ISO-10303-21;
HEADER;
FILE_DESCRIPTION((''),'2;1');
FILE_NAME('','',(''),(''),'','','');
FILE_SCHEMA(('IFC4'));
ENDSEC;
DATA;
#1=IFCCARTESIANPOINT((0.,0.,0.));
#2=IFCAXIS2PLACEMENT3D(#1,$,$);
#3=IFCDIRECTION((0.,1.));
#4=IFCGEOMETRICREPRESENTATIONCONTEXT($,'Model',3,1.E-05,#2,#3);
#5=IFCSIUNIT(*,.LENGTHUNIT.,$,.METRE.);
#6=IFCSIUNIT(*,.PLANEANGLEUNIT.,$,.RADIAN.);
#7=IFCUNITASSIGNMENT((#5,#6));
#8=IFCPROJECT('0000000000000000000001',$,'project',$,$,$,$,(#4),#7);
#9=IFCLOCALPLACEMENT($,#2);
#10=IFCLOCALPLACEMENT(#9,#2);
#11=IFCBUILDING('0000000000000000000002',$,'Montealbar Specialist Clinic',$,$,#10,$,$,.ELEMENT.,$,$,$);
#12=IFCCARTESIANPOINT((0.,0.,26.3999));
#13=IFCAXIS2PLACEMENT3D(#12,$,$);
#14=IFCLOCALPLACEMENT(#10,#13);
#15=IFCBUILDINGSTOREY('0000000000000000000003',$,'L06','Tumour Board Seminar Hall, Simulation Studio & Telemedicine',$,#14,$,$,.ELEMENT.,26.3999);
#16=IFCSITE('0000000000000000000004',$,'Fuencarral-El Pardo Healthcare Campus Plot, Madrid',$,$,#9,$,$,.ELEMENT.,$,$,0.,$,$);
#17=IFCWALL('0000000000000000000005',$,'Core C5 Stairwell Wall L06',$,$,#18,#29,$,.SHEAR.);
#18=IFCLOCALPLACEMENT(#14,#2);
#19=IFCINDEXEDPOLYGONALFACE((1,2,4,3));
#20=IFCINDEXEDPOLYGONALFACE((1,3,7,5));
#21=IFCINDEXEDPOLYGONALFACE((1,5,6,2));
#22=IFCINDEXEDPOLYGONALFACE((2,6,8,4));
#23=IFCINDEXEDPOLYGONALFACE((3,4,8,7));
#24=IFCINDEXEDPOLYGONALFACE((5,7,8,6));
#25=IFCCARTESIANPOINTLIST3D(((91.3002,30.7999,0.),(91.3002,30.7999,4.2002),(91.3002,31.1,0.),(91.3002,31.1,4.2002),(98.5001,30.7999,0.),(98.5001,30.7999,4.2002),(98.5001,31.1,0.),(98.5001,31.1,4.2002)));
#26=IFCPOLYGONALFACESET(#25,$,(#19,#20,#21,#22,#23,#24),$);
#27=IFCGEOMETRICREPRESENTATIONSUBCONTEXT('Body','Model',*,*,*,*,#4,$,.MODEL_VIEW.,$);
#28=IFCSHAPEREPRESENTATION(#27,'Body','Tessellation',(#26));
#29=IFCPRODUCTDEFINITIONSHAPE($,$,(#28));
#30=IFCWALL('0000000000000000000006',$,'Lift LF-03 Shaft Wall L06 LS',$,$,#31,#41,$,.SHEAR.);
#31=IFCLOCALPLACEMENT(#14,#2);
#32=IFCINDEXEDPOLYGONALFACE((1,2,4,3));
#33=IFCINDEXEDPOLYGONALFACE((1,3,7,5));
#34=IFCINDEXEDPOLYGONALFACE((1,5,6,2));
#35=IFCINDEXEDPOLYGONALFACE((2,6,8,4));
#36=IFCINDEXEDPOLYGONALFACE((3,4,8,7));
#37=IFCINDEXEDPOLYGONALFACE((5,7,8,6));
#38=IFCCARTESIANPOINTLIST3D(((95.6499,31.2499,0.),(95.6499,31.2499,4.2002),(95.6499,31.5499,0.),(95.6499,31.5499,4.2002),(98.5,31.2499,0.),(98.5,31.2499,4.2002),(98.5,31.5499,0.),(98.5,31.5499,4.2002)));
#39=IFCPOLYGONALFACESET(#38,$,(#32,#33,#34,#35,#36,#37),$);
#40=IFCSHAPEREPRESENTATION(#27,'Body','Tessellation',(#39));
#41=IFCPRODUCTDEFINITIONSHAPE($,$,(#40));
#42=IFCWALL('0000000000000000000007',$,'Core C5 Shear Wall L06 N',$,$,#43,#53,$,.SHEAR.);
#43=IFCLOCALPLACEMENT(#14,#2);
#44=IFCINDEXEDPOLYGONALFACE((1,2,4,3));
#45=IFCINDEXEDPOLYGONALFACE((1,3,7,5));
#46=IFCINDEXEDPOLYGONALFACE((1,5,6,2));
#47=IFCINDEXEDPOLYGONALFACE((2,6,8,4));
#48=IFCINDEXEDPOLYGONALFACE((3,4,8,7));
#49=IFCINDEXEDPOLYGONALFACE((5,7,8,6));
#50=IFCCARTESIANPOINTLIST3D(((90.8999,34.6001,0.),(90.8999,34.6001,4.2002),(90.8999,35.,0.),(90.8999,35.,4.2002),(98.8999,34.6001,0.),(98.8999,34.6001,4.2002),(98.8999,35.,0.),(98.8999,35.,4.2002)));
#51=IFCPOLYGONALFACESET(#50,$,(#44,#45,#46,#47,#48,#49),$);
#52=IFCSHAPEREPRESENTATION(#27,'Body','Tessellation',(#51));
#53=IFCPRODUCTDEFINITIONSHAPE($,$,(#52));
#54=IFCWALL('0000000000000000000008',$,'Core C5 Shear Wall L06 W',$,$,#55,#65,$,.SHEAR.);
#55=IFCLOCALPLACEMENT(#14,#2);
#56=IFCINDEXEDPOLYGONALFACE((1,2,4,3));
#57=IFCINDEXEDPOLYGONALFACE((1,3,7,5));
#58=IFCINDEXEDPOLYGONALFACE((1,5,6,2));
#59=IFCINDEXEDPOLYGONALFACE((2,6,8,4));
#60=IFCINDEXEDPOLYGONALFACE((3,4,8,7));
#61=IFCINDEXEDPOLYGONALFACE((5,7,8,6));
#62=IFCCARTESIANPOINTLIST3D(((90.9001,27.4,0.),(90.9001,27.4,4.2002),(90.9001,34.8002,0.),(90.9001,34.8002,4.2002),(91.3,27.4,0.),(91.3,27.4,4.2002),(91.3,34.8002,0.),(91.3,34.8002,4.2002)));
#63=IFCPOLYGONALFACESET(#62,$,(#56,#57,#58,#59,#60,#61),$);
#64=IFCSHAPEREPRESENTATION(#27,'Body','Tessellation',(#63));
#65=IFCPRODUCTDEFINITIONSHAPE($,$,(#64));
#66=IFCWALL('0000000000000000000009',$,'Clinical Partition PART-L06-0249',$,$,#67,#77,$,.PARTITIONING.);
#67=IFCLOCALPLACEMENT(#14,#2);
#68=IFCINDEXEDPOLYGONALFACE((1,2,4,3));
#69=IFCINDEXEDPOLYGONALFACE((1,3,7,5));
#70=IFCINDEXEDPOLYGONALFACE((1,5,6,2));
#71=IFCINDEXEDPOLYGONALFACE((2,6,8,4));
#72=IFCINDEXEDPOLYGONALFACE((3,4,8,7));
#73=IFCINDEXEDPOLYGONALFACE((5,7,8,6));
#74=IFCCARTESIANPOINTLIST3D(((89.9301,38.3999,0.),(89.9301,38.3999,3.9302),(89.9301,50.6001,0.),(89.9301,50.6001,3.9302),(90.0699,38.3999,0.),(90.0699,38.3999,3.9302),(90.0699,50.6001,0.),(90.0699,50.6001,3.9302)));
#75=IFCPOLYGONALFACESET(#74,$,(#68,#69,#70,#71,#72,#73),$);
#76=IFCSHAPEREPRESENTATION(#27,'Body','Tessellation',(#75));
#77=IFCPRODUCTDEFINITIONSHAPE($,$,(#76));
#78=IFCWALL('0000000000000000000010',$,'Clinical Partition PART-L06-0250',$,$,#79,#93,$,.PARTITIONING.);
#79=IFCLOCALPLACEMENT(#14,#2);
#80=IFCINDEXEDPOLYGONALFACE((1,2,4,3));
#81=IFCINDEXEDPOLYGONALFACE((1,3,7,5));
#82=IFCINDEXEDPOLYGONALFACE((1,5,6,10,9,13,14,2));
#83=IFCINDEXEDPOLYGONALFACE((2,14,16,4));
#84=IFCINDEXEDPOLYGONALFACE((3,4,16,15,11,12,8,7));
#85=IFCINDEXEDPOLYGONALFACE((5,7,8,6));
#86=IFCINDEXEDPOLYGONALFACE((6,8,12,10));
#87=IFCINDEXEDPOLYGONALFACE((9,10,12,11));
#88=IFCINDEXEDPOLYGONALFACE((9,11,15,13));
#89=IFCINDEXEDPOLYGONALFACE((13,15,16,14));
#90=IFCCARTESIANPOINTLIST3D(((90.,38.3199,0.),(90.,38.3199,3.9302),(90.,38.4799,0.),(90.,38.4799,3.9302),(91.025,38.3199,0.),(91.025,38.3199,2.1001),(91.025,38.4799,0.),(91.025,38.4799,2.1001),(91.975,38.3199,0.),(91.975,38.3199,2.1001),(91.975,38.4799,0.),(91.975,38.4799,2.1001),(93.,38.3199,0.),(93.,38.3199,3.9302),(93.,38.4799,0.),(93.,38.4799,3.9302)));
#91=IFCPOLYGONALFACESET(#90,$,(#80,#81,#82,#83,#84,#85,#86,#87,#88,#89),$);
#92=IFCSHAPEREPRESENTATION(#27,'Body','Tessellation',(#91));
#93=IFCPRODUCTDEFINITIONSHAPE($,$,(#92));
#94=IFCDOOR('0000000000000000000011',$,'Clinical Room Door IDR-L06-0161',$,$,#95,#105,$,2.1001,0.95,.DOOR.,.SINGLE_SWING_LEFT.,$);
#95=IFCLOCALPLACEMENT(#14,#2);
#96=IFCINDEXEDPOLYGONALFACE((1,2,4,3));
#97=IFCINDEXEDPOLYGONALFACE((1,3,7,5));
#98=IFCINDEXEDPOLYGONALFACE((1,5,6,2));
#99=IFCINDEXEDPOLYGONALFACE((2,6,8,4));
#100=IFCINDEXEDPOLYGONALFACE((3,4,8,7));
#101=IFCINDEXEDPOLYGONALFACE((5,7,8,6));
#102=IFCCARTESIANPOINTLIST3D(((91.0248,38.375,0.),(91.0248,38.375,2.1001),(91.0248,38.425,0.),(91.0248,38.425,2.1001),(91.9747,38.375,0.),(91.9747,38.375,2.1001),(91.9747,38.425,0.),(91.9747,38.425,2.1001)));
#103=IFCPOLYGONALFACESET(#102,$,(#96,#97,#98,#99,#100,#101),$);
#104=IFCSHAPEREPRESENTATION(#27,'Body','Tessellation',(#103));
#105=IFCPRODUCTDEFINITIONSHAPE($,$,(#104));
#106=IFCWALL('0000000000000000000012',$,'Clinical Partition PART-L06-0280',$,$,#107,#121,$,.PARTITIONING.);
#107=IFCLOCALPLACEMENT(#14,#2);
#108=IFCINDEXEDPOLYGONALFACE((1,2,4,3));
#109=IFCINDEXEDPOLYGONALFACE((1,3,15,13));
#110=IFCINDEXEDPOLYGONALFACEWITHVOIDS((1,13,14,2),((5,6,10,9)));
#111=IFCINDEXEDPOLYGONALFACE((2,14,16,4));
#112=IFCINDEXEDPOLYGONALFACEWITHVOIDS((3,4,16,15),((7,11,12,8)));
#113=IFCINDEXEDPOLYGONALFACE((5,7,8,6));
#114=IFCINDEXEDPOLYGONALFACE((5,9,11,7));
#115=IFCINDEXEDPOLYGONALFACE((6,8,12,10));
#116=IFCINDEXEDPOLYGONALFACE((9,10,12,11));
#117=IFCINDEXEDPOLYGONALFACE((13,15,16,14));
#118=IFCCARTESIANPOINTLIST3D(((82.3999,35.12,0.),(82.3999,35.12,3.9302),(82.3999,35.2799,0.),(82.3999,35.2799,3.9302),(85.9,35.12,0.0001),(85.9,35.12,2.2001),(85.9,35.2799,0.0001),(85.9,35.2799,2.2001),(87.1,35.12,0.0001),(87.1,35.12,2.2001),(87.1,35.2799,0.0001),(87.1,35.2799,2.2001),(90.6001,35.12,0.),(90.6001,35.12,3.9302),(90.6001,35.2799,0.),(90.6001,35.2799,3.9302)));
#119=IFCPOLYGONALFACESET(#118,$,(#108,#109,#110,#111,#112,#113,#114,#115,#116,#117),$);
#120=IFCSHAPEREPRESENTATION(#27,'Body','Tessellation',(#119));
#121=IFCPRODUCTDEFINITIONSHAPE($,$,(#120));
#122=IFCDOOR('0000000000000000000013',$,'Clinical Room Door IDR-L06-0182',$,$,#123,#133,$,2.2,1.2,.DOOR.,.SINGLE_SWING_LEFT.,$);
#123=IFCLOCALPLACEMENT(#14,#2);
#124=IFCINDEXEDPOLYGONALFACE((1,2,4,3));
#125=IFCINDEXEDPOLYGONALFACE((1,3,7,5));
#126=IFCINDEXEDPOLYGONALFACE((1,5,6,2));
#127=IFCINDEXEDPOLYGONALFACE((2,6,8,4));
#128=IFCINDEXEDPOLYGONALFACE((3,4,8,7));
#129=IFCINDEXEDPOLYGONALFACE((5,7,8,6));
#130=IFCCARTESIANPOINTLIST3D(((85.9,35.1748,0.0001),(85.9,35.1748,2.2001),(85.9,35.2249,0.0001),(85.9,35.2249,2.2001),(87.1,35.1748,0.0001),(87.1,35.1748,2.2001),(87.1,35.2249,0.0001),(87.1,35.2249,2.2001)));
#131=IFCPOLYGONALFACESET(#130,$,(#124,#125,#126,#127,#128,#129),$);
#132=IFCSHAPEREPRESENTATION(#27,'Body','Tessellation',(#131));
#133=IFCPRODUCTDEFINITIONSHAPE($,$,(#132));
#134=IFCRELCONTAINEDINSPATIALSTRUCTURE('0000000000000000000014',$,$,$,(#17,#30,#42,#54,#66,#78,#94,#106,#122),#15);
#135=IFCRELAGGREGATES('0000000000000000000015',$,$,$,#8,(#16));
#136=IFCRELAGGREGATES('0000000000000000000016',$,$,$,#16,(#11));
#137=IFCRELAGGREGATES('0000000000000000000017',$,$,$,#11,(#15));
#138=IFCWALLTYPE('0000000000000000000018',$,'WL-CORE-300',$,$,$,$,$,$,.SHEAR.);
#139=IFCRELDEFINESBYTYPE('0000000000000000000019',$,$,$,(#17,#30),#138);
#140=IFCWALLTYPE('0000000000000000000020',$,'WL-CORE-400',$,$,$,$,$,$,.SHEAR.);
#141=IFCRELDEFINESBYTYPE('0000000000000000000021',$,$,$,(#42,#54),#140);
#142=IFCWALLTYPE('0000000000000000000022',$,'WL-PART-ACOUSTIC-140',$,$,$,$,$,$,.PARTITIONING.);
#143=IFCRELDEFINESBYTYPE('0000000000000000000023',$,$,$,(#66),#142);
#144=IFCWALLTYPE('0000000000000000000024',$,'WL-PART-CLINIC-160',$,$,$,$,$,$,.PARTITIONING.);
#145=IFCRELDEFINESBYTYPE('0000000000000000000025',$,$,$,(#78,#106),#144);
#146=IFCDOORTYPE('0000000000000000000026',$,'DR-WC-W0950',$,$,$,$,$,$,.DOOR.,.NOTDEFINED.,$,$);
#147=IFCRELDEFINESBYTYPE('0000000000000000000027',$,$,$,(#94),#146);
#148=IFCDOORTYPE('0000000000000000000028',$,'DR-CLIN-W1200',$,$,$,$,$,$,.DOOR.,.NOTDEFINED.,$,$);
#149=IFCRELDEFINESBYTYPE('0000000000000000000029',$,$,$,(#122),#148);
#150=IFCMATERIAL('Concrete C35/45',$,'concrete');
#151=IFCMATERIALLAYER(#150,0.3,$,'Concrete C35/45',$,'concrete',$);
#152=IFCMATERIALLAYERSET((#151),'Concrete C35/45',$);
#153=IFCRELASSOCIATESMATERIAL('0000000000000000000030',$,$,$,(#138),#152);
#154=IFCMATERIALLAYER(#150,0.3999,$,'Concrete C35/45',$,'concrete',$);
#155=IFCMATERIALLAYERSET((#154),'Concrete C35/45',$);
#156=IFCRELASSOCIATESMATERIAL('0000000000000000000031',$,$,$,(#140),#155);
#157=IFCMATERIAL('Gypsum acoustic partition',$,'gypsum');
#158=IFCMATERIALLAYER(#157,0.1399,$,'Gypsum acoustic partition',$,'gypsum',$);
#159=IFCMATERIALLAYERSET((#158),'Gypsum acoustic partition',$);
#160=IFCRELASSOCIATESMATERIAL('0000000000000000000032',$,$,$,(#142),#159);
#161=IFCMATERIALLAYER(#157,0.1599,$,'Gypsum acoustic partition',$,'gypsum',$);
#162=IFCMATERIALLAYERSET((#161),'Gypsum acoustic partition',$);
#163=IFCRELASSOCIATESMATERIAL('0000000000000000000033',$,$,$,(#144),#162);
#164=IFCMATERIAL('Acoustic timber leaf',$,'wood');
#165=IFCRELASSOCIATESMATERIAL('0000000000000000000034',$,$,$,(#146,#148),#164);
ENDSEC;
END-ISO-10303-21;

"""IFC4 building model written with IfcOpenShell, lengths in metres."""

from ifc_helpers import new_model, si_unit, direction, frame, frame_2d, origin, place, context, subcontext, project, spatial, rectangle, extrude, material, layer, layer_set, type_object, element, fill, save


model = new_model("IFC4")

# Units and contexts
model_context = context("Model", 3, precision=1e-05, world=origin(), true_north=direction((0.0, 1.0)))
body_context = subcontext(model_context, "Body", "Model", "MODEL_VIEW")
ifc_project = project(units=[si_unit("LENGTHUNIT", "METRE"), si_unit("PLANEANGLEUNIT", "RADIAN")], contexts=[model_context])

# Site, building, storey
site_placement = place(None, origin())
site = spatial("IfcSite", under=ifc_project, at=site_placement, Name="Fuencarral-El Pardo Healthcare Campus Plot, Madrid", CompositionType="ELEMENT", RefElevation=0.0)
building_placement = place(site_placement, origin())
building = spatial("IfcBuilding", under=site, at=building_placement, Name="Montealbar Specialist Clinic", CompositionType="ELEMENT")
storey_placement = place(building_placement, frame((0.0, 0.0, 26.3999)))
storey = spatial("IfcBuildingStorey", under=building, at=storey_placement, Name="L06", Description="Tumour Board Seminar Hall, Simulation Studio & Telemedicine", CompositionType="ELEMENT", Elevation=26.3999)

# Walls
ifc_material_1 = material(Name="Concrete C35/45", Category="concrete")
ifc_layer_1 = layer(ifc_material_1, 0.3, Name="Concrete C35/45", Category="concrete")
ifc_layer_set_1 = layer_set([ifc_layer_1], Name="Concrete C35/45")
wall_type_1 = type_object("IfcWallType", Name="WL-CORE-300", PredefinedType="SHEAR", material=ifc_layer_set_1)
wall_1_placement = place(storey_placement, frame((91.3, 30.95, 0.0), z_axis=(0.0, 0.0, 1.0), x_axis=(1.0, 0.0, 0.0)))
element("IfcWall", 1, at=wall_1_placement, inside=storey, type_object=wall_type_1, Name="Core C5 Stairwell Wall L06", PredefinedType="SHEAR", context=body_context, shape_type="SweptSolid", body=[
    extrude(rectangle(XDim=7.2, YDim=0.3, at=frame_2d((3.6001, 0.0))), origin(), (0.0, 0.0, 1.0), 4.2002),
])
wall_2_placement = place(storey_placement, frame((95.6499, 31.3999, 0.0), z_axis=(0.0, 0.0, 1.0), x_axis=(1.0, 0.0, 0.0)))
element("IfcWall", 2, at=wall_2_placement, inside=storey, type_object=wall_type_1, Name="Lift LF-03 Shaft Wall L06 LS", PredefinedType="SHEAR", context=body_context, shape_type="SweptSolid", body=[
    extrude(rectangle(XDim=2.8501, YDim=0.3, at=frame_2d((1.425, 0.0))), origin(), (0.0, 0.0, 1.0), 4.2002),
])

# Shared definitions
ifc_layer_2 = layer(ifc_material_1, 0.3999, Name="Concrete C35/45", Category="concrete")
ifc_layer_set_2 = layer_set([ifc_layer_2], Name="Concrete C35/45")
wall_type_2 = type_object("IfcWallType", Name="WL-CORE-400", PredefinedType="SHEAR", material=ifc_layer_set_2)

# Walls
wall_3_placement = place(storey_placement, frame((90.8999, 34.8, 0.0), z_axis=(0.0, 0.0, 1.0), x_axis=(1.0, 0.0, 0.0)))
element("IfcWall", 3, at=wall_3_placement, inside=storey, type_object=wall_type_2, Name="Core C5 Shear Wall L06 N", PredefinedType="SHEAR", context=body_context, shape_type="SweptSolid", body=[
    extrude(rectangle(XDim=8.0, YDim=0.3999, at=frame_2d((4.0, 0.0))), origin(), (0.0, 0.0, 1.0), 4.2002),
])
wall_4_placement = place(storey_placement, frame((91.1001, 27.3999, 0.0), z_axis=(0.0, 0.0, 1.0), x_axis=(0.0, 1.0, 0.0)))
element("IfcWall", 4, at=wall_4_placement, inside=storey, type_object=wall_type_2, Name="Core C5 Shear Wall L06 W", PredefinedType="SHEAR", context=body_context, shape_type="SweptSolid", body=[
    extrude(rectangle(XDim=7.4001, YDim=0.3999, at=frame_2d((3.7002, 0.0))), origin(), (0.0, 0.0, 1.0), 4.2002),
])
ifc_material_2 = material(Name="Gypsum acoustic partition", Category="gypsum")
ifc_layer_3 = layer(ifc_material_2, 0.1399, Name="Gypsum acoustic partition", Category="gypsum")
ifc_layer_set_3 = layer_set([ifc_layer_3], Name="Gypsum acoustic partition")
wall_type_3 = type_object("IfcWallType", Name="WL-PART-ACOUSTIC-140", PredefinedType="PARTITIONING", material=ifc_layer_set_3)
wall_5_placement = place(storey_placement, frame((90.0, 38.3999, 0.0), z_axis=(0.0, 0.0, 1.0), x_axis=(0.0, 1.0, 0.0)))
element("IfcWall", 5, at=wall_5_placement, inside=storey, type_object=wall_type_3, Name="Clinical Partition PART-L06-0249", PredefinedType="PARTITIONING", context=body_context, shape_type="SweptSolid", body=[
    extrude(rectangle(XDim=12.2002, YDim=0.1399, at=frame_2d((6.1001, 0.0))), origin(), (0.0, 0.0, 1.0), 3.9302),
])

# Walls, openings, doors
ifc_layer_4 = layer(ifc_material_2, 0.1599, Name="Gypsum acoustic partition", Category="gypsum")
ifc_layer_set_4 = layer_set([ifc_layer_4], Name="Gypsum acoustic partition")
wall_type_4 = type_object("IfcWallType", Name="WL-PART-CLINIC-160", PredefinedType="PARTITIONING", material=ifc_layer_set_4)
wall_6_placement = place(storey_placement, frame((90.0, 38.3999, 0.0), z_axis=(0.0, 0.0, 1.0), x_axis=(1.0, 0.0, 0.0)))
wall_6 = element("IfcWall", 6, at=wall_6_placement, inside=storey, type_object=wall_type_4, Name="Clinical Partition PART-L06-0250", PredefinedType="PARTITIONING", context=body_context, shape_type="SweptSolid", body=[
    extrude(rectangle(XDim=3.0, YDim=0.1599, at=frame_2d((1.5, 0.0))), origin(), (0.0, 0.0, 1.0), 3.9302),
])
opening_1_placement = place(wall_6_placement, frame((1.0249, 0.0, 0.0)))
opening_1 = element("IfcOpeningElement", 7, at=opening_1_placement, cuts=wall_6, PredefinedType="OPENING", context=body_context, shape_type="SweptSolid", body=[
    extrude(rectangle(XDim=0.95, YDim=2.1001, at=frame_2d((0.4751, 1.05))), frame((0.0, 0.0898, 0.0), z_axis=(0.0, -1.0, 0.0), x_axis=(1.0, 0.0, 0.0)), (0.0, 0.0, 1.0), 0.1799),
])
ifc_material_3 = material(Name="Acoustic timber leaf", Category="wood")
door_type_1 = type_object("IfcDoorType", Name="DR-WC-W0950", OperationType="NOTDEFINED", PredefinedType="DOOR", material=ifc_material_3)
door_1_placement = place(opening_1_placement, frame((0.95, 0.0, 0.0), z_axis=(0.0, 0.0, 1.0), x_axis=(-1.0, 0.0, 0.0)))
door_1 = element("IfcDoor", 8, at=door_1_placement, inside=storey, type_object=door_type_1, Name="Clinical Room Door IDR-L06-0161", OperationType="SINGLE_SWING_LEFT", OverallHeight=2.1001, OverallWidth=0.95, PredefinedType="DOOR", context=body_context, shape_type="SweptSolid", body=[
    extrude(rectangle(XDim=0.95, YDim=2.1001, at=frame_2d((0.4751, 1.05))), frame((0.0, 0.0249, 0.0), z_axis=(0.0, -1.0, 0.0), x_axis=(1.0, 0.0, 0.0)), (0.0, 0.0, 1.0), 0.05),
])
fill(opening_1, door_1)
wall_7_placement = place(storey_placement, frame((82.3999, 35.2, 0.0), z_axis=(0.0, 0.0, 1.0), x_axis=(1.0, 0.0, 0.0)))
wall_7 = element("IfcWall", 9, at=wall_7_placement, inside=storey, type_object=wall_type_4, Name="Clinical Partition PART-L06-0280", PredefinedType="PARTITIONING", context=body_context, shape_type="SweptSolid", body=[
    extrude(rectangle(XDim=8.2002, YDim=0.1599, at=frame_2d((4.1001, 0.0))), origin(), (0.0, 0.0, 1.0), 3.9302),
])
opening_2_placement = place(wall_7_placement, frame((3.5, 0.0, 0.0)))
opening_2 = element("IfcOpeningElement", 10, at=opening_2_placement, cuts=wall_7, PredefinedType="OPENING", context=body_context, shape_type="SweptSolid", body=[
    extrude(rectangle(XDim=1.2, YDim=2.2, at=frame_2d((0.6001, 1.1001))), frame((0.0, 0.0898, 0.0), z_axis=(0.0, -1.0, 0.0), x_axis=(1.0, 0.0, 0.0)), (0.0, 0.0, 1.0), 0.1799),
])
door_type_2 = type_object("IfcDoorType", Name="DR-CLIN-W1200", OperationType="NOTDEFINED", PredefinedType="DOOR", material=ifc_material_3)
door_2_placement = place(opening_2_placement, origin())
door_2 = element("IfcDoor", 11, at=door_2_placement, inside=storey, type_object=door_type_2, Name="Clinical Room Door IDR-L06-0182", OperationType="SINGLE_SWING_LEFT", OverallHeight=2.2, OverallWidth=1.2, PredefinedType="DOOR", context=body_context, shape_type="SweptSolid", body=[
    extrude(rectangle(XDim=1.2, YDim=2.2, at=frame_2d((0.6001, 1.1001))), frame((0.0, 0.0249, 0.0), z_axis=(0.0, -1.0, 0.0), x_axis=(1.0, 0.0, 0.0)), (0.0, 0.0, 1.0), 0.05),
])
fill(opening_2, door_2)

save(model, "model.ifc")
